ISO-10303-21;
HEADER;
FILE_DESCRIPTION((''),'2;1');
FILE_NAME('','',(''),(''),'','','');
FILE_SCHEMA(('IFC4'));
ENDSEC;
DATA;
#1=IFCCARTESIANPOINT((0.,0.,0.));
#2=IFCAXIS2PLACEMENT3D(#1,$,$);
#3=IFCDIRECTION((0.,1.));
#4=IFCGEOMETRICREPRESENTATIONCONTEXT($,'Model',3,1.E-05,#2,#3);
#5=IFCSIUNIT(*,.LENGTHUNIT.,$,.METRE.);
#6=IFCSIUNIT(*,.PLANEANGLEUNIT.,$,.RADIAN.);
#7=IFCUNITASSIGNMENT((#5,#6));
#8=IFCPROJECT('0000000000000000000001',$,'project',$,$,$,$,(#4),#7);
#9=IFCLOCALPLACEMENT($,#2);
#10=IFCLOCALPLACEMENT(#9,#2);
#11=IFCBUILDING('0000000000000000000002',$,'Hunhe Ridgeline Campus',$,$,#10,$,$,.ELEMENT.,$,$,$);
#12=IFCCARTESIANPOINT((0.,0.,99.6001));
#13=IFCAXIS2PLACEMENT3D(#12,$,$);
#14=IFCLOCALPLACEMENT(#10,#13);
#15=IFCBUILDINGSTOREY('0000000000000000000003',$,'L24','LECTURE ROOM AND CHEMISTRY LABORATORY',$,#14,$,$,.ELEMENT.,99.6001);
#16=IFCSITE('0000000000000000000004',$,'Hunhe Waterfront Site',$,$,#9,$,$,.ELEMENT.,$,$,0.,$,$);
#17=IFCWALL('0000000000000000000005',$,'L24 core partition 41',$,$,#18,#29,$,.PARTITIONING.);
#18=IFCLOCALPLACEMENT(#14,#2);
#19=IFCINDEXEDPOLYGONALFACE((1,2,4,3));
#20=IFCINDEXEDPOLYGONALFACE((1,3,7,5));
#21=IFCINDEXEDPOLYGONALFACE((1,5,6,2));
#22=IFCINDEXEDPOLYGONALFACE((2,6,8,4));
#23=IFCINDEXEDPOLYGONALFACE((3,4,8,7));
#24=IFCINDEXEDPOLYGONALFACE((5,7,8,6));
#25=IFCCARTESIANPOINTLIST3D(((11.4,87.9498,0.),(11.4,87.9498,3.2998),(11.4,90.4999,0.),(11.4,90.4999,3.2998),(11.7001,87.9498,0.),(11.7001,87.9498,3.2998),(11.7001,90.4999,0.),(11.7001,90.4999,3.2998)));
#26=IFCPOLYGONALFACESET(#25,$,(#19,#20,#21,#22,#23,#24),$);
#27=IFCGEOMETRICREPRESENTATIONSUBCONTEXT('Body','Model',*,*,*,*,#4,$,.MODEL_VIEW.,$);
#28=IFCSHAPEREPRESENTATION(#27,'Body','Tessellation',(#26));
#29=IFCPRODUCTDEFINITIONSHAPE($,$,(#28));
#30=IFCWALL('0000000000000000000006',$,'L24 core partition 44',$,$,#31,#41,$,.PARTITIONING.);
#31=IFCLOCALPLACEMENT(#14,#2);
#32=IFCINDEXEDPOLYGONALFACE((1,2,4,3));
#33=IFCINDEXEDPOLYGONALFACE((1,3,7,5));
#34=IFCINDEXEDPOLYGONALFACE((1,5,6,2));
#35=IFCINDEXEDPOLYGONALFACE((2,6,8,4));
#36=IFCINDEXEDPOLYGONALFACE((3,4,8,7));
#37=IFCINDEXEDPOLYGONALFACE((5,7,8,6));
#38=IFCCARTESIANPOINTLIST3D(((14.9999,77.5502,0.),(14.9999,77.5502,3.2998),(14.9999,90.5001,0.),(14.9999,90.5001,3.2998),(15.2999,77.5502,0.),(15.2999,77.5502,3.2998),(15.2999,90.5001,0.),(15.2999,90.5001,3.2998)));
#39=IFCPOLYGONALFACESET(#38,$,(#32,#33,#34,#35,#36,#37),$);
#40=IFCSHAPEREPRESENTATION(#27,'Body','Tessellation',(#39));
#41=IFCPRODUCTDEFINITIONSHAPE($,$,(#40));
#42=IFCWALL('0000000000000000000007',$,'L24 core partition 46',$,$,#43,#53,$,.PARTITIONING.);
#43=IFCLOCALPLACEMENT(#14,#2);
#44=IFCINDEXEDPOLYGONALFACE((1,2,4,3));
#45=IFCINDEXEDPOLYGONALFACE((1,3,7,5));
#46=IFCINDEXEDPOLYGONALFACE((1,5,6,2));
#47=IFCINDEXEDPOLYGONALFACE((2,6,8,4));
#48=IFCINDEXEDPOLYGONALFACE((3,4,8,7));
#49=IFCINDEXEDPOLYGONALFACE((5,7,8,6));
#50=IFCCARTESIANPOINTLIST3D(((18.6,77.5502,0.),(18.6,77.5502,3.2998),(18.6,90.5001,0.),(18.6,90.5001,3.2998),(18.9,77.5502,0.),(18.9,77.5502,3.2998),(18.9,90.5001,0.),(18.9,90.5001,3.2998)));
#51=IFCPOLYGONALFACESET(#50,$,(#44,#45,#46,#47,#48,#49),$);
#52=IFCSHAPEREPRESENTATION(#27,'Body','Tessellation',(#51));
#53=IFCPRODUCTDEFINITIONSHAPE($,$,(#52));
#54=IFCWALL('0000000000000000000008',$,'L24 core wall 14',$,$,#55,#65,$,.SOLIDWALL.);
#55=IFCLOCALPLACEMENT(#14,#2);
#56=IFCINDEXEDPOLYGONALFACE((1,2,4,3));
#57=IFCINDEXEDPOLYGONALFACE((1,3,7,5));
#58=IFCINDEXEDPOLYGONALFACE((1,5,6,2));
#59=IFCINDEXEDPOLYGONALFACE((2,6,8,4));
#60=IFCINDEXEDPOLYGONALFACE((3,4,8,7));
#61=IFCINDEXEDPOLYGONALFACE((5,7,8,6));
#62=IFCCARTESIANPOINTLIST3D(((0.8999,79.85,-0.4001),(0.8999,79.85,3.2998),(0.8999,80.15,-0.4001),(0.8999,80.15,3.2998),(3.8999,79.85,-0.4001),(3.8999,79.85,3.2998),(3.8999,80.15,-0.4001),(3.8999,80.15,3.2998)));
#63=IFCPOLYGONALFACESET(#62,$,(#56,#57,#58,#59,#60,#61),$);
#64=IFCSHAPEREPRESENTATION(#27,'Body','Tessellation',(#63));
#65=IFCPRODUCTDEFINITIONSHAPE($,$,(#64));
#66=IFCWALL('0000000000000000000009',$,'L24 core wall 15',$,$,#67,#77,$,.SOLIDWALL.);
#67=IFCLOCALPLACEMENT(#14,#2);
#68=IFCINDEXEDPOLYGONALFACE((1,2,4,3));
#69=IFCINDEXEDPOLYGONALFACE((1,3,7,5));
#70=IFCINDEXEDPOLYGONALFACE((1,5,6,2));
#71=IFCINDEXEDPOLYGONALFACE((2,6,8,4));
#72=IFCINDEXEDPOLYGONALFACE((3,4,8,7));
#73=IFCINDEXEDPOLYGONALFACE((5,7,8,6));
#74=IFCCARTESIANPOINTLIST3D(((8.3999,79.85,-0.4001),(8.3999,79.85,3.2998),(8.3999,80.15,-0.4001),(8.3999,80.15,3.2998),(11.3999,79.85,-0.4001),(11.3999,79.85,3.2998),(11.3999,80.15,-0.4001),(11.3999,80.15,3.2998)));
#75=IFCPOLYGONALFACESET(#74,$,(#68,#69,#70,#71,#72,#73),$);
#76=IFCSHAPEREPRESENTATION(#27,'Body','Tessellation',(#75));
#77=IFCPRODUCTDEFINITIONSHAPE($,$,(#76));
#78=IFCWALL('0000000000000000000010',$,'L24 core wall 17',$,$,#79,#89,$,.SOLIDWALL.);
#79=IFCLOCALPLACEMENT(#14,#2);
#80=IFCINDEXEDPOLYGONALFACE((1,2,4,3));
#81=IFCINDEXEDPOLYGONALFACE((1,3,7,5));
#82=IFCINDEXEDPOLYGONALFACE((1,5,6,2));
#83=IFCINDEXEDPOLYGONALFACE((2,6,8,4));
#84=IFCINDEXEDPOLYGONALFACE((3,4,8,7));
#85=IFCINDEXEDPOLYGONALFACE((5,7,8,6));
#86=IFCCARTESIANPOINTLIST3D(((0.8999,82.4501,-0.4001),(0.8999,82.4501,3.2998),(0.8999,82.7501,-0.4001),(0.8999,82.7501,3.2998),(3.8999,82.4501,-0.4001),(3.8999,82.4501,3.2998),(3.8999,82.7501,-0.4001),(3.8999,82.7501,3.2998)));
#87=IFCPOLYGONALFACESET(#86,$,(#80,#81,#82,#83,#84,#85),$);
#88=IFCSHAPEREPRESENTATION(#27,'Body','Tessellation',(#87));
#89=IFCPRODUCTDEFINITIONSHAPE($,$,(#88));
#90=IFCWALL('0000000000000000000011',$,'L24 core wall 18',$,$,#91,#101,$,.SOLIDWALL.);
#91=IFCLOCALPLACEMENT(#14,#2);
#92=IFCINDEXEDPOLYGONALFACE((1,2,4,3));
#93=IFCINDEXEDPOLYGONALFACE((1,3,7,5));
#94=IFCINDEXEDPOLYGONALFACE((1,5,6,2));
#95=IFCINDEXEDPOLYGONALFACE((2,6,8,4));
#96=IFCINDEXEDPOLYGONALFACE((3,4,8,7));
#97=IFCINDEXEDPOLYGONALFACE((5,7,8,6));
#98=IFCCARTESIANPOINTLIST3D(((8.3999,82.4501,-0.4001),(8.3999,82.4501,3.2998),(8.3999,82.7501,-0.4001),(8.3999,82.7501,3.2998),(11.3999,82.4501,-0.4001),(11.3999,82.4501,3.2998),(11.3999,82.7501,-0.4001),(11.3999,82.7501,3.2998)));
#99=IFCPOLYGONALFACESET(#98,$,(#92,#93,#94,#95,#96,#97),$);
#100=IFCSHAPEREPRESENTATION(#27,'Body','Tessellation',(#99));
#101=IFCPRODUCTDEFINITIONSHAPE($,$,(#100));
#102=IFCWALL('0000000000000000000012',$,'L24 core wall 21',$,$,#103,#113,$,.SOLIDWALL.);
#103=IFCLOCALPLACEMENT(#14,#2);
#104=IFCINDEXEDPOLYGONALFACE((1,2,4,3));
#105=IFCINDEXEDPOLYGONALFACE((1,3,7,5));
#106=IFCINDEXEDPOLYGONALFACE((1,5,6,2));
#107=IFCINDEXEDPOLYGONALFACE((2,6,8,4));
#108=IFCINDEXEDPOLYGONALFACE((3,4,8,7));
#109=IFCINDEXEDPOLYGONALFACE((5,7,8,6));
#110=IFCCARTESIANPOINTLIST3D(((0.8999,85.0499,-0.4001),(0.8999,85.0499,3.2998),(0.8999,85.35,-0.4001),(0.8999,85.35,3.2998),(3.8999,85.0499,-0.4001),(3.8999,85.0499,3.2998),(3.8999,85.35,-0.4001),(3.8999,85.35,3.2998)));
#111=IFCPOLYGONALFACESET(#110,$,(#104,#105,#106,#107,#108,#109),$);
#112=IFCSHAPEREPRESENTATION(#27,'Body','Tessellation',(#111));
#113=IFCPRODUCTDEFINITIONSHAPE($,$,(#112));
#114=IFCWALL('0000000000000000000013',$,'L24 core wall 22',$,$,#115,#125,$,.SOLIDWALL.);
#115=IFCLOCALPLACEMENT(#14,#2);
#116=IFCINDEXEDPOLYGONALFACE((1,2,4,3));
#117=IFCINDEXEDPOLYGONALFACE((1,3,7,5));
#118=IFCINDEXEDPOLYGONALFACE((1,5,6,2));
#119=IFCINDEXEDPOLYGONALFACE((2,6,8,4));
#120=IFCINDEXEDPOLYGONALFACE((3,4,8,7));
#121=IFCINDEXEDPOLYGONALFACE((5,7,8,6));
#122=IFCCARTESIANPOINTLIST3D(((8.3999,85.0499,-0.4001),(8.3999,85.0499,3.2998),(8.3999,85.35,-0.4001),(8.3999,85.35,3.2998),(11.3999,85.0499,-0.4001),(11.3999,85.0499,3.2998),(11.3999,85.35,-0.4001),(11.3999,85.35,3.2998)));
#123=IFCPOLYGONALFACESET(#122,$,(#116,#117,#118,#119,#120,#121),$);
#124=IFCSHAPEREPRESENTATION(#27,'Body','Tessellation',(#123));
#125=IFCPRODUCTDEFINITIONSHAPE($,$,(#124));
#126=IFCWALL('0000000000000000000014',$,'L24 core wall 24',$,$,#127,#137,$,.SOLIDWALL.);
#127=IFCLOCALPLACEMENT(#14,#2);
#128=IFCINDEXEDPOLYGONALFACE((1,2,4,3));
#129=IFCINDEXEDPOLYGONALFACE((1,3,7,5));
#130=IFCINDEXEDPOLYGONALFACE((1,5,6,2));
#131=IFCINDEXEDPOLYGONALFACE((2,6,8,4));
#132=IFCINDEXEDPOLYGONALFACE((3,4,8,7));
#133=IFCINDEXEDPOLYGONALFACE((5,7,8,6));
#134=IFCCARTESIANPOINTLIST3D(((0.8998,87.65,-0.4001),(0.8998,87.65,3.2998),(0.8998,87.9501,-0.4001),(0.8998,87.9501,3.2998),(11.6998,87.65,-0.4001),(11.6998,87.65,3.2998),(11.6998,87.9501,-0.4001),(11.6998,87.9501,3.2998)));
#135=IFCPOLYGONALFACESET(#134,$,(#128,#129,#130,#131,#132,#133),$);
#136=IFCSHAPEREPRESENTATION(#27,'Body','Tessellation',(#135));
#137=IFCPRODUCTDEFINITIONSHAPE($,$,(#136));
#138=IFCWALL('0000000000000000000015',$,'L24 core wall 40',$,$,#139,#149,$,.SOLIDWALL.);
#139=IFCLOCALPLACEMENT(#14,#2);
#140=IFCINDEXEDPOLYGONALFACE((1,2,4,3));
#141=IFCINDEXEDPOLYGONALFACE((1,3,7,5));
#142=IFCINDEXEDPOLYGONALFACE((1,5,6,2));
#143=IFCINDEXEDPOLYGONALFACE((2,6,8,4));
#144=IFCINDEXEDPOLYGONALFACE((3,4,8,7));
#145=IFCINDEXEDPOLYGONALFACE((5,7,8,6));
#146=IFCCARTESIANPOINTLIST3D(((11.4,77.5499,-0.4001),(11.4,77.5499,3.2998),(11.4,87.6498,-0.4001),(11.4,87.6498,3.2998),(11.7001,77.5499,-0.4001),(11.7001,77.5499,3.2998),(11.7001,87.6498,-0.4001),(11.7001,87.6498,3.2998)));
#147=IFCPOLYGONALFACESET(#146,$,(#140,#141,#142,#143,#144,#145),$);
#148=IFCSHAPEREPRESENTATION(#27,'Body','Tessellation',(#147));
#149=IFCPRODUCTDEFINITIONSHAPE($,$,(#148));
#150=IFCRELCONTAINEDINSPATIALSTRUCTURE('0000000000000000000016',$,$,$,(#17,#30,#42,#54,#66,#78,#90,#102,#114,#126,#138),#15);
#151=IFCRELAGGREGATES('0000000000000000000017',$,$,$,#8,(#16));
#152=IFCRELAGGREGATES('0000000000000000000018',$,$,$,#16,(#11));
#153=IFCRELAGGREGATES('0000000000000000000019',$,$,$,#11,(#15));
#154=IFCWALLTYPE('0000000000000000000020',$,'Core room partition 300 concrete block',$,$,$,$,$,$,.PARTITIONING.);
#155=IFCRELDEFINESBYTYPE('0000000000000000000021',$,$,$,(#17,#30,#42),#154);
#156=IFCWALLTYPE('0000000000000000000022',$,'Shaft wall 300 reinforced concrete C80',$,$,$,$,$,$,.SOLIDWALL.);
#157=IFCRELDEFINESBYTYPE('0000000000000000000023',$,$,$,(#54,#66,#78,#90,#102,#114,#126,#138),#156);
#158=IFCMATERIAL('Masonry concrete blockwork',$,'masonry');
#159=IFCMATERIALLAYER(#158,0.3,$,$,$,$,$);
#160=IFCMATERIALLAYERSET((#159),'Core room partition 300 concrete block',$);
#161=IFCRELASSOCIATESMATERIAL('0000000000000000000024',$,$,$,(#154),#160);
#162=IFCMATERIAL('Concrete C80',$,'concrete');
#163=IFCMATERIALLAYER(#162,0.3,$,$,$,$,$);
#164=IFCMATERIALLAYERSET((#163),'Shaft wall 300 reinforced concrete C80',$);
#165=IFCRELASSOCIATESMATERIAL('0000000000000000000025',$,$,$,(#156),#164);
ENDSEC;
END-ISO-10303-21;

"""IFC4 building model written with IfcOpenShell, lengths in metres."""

from ifc_helpers import new_model, si_unit, direction, frame, frame_2d, origin, place, context, subcontext, project, spatial, rectangle, extrude, material, layer, layer_set, type_object, element, save


model = new_model("IFC4")

# Units and contexts
model_context = context("Model", 3, precision=1e-05, world=origin(), true_north=direction((0.0, 1.0)))
body_context = subcontext(model_context, "Body", "Model", "MODEL_VIEW")
ifc_project = project(units=[si_unit("LENGTHUNIT", "METRE"), si_unit("PLANEANGLEUNIT", "RADIAN")], contexts=[model_context])

# Site, building, storey
site_placement = place(None, origin())
site = spatial("IfcSite", under=ifc_project, at=site_placement, Name="Hunhe Waterfront Site", CompositionType="ELEMENT", RefElevation=0.0)
building_placement = place(site_placement, origin())
building = spatial("IfcBuilding", under=site, at=building_placement, Name="Hunhe Ridgeline Campus", CompositionType="ELEMENT")
storey_placement = place(building_placement, frame((0.0, 0.0, 99.6001)))
storey = spatial("IfcBuildingStorey", under=building, at=storey_placement, Name="L24", Description="LECTURE ROOM AND CHEMISTRY LABORATORY", CompositionType="ELEMENT", Elevation=99.6001)

# Walls
ifc_material_1 = material(Name="Masonry concrete blockwork", Category="masonry")
ifc_layer_1 = layer(ifc_material_1, 0.3)
ifc_layer_set_1 = layer_set([ifc_layer_1], Name="Core room partition 300 concrete block")
wall_type_1 = type_object("IfcWallType", Name="Core room partition 300 concrete block", PredefinedType="PARTITIONING", material=ifc_layer_set_1)
wall_1_placement = place(storey_placement, frame((11.55, 87.95, 0.0), z_axis=(0.0, 0.0, 1.0), x_axis=(0.0, 1.0, 0.0)))
element("IfcWall", 1, at=wall_1_placement, inside=storey, type_object=wall_type_1, Name="L24 core partition 41", PredefinedType="PARTITIONING", context=body_context, shape_type="SweptSolid", body=[
    extrude(rectangle(XDim=2.55, YDim=0.3, at=frame_2d((1.2749, 0.0))), origin(), (0.0, 0.0, 1.0), 3.2998),
])
for number, where, z_axis, x_axis, name in (
    (2, (15.1499, 77.55, 0.0), (0.0, 0.0, 1.0), (0.0, 1.0, 0.0), "L24 core partition 44"),
    (3, (18.75, 77.55, 0.0), (0.0, 0.0, 1.0), (0.0, 1.0, 0.0), "L24 core partition 46"),
):
    element("IfcWall", number, at=place(storey_placement, frame(where, z_axis=z_axis, x_axis=x_axis)), inside=storey, type_object=wall_type_1, Name=name, PredefinedType="PARTITIONING", context=body_context, shape_type="SweptSolid", body=[
        extrude(rectangle(XDim=12.95, YDim=0.3, at=frame_2d((6.4751, 0.0))), origin(), (0.0, 0.0, 1.0), 3.2998),
    ])
ifc_material_2 = material(Name="Concrete C80", Category="concrete")
ifc_layer_2 = layer(ifc_material_2, 0.3)
ifc_layer_set_2 = layer_set([ifc_layer_2], Name="Shaft wall 300 reinforced concrete C80")
wall_type_2 = type_object("IfcWallType", Name="Shaft wall 300 reinforced concrete C80", PredefinedType="SOLIDWALL", material=ifc_layer_set_2)
for number, where, z_axis, x_axis, name in (
    (4, (0.8999, 80.0, -0.4001), (0.0, 0.0, 1.0), (1.0, 0.0, 0.0), "L24 core wall 14"),
    (5, (8.3999, 80.0, -0.4001), (0.0, 0.0, 1.0), (1.0, 0.0, 0.0), "L24 core wall 15"),
    (6, (0.8999, 82.6001, -0.4001), (0.0, 0.0, 1.0), (1.0, 0.0, 0.0), "L24 core wall 17"),
    (7, (8.3999, 82.6001, -0.4001), (0.0, 0.0, 1.0), (1.0, 0.0, 0.0), "L24 core wall 18"),
    (8, (0.8999, 85.2, -0.4001), (0.0, 0.0, 1.0), (1.0, 0.0, 0.0), "L24 core wall 21"),
    (9, (8.3999, 85.2, -0.4001), (0.0, 0.0, 1.0), (1.0, 0.0, 0.0), "L24 core wall 22"),
):
    element("IfcWall", number, at=place(storey_placement, frame(where, z_axis=z_axis, x_axis=x_axis)), inside=storey, type_object=wall_type_2, Name=name, PredefinedType="SOLIDWALL", context=body_context, shape_type="SweptSolid", body=[
        extrude(rectangle(XDim=3.0, YDim=0.3, at=frame_2d((1.5, 0.0))), origin(), (0.0, 0.0, 1.0), 3.7),
    ])
wall_2_placement = place(storey_placement, frame((0.8999, 87.8, -0.4001), z_axis=(0.0, 0.0, 1.0), x_axis=(1.0, 0.0, 0.0)))
element("IfcWall", 10, at=wall_2_placement, inside=storey, type_object=wall_type_2, Name="L24 core wall 24", PredefinedType="SOLIDWALL", context=body_context, shape_type="SweptSolid", body=[
    extrude(rectangle(XDim=10.8, YDim=0.3, at=frame_2d((5.3999, 0.0))), origin(), (0.0, 0.0, 1.0), 3.7),
])

# Wall
wall_3_placement = place(storey_placement, frame((11.55, 77.55, -0.4001), z_axis=(0.0, 0.0, 1.0), x_axis=(0.0, 1.0, 0.0)))
element("IfcWall", 11, at=wall_3_placement, inside=storey, type_object=wall_type_2, Name="L24 core wall 40", PredefinedType="SOLIDWALL", context=body_context, shape_type="SweptSolid", body=[
    extrude(rectangle(XDim=10.0999, YDim=0.3, at=frame_2d((5.0498, 0.0))), origin(), (0.0, 0.0, 1.0), 3.7),
])

save(model, "model.ifc")
